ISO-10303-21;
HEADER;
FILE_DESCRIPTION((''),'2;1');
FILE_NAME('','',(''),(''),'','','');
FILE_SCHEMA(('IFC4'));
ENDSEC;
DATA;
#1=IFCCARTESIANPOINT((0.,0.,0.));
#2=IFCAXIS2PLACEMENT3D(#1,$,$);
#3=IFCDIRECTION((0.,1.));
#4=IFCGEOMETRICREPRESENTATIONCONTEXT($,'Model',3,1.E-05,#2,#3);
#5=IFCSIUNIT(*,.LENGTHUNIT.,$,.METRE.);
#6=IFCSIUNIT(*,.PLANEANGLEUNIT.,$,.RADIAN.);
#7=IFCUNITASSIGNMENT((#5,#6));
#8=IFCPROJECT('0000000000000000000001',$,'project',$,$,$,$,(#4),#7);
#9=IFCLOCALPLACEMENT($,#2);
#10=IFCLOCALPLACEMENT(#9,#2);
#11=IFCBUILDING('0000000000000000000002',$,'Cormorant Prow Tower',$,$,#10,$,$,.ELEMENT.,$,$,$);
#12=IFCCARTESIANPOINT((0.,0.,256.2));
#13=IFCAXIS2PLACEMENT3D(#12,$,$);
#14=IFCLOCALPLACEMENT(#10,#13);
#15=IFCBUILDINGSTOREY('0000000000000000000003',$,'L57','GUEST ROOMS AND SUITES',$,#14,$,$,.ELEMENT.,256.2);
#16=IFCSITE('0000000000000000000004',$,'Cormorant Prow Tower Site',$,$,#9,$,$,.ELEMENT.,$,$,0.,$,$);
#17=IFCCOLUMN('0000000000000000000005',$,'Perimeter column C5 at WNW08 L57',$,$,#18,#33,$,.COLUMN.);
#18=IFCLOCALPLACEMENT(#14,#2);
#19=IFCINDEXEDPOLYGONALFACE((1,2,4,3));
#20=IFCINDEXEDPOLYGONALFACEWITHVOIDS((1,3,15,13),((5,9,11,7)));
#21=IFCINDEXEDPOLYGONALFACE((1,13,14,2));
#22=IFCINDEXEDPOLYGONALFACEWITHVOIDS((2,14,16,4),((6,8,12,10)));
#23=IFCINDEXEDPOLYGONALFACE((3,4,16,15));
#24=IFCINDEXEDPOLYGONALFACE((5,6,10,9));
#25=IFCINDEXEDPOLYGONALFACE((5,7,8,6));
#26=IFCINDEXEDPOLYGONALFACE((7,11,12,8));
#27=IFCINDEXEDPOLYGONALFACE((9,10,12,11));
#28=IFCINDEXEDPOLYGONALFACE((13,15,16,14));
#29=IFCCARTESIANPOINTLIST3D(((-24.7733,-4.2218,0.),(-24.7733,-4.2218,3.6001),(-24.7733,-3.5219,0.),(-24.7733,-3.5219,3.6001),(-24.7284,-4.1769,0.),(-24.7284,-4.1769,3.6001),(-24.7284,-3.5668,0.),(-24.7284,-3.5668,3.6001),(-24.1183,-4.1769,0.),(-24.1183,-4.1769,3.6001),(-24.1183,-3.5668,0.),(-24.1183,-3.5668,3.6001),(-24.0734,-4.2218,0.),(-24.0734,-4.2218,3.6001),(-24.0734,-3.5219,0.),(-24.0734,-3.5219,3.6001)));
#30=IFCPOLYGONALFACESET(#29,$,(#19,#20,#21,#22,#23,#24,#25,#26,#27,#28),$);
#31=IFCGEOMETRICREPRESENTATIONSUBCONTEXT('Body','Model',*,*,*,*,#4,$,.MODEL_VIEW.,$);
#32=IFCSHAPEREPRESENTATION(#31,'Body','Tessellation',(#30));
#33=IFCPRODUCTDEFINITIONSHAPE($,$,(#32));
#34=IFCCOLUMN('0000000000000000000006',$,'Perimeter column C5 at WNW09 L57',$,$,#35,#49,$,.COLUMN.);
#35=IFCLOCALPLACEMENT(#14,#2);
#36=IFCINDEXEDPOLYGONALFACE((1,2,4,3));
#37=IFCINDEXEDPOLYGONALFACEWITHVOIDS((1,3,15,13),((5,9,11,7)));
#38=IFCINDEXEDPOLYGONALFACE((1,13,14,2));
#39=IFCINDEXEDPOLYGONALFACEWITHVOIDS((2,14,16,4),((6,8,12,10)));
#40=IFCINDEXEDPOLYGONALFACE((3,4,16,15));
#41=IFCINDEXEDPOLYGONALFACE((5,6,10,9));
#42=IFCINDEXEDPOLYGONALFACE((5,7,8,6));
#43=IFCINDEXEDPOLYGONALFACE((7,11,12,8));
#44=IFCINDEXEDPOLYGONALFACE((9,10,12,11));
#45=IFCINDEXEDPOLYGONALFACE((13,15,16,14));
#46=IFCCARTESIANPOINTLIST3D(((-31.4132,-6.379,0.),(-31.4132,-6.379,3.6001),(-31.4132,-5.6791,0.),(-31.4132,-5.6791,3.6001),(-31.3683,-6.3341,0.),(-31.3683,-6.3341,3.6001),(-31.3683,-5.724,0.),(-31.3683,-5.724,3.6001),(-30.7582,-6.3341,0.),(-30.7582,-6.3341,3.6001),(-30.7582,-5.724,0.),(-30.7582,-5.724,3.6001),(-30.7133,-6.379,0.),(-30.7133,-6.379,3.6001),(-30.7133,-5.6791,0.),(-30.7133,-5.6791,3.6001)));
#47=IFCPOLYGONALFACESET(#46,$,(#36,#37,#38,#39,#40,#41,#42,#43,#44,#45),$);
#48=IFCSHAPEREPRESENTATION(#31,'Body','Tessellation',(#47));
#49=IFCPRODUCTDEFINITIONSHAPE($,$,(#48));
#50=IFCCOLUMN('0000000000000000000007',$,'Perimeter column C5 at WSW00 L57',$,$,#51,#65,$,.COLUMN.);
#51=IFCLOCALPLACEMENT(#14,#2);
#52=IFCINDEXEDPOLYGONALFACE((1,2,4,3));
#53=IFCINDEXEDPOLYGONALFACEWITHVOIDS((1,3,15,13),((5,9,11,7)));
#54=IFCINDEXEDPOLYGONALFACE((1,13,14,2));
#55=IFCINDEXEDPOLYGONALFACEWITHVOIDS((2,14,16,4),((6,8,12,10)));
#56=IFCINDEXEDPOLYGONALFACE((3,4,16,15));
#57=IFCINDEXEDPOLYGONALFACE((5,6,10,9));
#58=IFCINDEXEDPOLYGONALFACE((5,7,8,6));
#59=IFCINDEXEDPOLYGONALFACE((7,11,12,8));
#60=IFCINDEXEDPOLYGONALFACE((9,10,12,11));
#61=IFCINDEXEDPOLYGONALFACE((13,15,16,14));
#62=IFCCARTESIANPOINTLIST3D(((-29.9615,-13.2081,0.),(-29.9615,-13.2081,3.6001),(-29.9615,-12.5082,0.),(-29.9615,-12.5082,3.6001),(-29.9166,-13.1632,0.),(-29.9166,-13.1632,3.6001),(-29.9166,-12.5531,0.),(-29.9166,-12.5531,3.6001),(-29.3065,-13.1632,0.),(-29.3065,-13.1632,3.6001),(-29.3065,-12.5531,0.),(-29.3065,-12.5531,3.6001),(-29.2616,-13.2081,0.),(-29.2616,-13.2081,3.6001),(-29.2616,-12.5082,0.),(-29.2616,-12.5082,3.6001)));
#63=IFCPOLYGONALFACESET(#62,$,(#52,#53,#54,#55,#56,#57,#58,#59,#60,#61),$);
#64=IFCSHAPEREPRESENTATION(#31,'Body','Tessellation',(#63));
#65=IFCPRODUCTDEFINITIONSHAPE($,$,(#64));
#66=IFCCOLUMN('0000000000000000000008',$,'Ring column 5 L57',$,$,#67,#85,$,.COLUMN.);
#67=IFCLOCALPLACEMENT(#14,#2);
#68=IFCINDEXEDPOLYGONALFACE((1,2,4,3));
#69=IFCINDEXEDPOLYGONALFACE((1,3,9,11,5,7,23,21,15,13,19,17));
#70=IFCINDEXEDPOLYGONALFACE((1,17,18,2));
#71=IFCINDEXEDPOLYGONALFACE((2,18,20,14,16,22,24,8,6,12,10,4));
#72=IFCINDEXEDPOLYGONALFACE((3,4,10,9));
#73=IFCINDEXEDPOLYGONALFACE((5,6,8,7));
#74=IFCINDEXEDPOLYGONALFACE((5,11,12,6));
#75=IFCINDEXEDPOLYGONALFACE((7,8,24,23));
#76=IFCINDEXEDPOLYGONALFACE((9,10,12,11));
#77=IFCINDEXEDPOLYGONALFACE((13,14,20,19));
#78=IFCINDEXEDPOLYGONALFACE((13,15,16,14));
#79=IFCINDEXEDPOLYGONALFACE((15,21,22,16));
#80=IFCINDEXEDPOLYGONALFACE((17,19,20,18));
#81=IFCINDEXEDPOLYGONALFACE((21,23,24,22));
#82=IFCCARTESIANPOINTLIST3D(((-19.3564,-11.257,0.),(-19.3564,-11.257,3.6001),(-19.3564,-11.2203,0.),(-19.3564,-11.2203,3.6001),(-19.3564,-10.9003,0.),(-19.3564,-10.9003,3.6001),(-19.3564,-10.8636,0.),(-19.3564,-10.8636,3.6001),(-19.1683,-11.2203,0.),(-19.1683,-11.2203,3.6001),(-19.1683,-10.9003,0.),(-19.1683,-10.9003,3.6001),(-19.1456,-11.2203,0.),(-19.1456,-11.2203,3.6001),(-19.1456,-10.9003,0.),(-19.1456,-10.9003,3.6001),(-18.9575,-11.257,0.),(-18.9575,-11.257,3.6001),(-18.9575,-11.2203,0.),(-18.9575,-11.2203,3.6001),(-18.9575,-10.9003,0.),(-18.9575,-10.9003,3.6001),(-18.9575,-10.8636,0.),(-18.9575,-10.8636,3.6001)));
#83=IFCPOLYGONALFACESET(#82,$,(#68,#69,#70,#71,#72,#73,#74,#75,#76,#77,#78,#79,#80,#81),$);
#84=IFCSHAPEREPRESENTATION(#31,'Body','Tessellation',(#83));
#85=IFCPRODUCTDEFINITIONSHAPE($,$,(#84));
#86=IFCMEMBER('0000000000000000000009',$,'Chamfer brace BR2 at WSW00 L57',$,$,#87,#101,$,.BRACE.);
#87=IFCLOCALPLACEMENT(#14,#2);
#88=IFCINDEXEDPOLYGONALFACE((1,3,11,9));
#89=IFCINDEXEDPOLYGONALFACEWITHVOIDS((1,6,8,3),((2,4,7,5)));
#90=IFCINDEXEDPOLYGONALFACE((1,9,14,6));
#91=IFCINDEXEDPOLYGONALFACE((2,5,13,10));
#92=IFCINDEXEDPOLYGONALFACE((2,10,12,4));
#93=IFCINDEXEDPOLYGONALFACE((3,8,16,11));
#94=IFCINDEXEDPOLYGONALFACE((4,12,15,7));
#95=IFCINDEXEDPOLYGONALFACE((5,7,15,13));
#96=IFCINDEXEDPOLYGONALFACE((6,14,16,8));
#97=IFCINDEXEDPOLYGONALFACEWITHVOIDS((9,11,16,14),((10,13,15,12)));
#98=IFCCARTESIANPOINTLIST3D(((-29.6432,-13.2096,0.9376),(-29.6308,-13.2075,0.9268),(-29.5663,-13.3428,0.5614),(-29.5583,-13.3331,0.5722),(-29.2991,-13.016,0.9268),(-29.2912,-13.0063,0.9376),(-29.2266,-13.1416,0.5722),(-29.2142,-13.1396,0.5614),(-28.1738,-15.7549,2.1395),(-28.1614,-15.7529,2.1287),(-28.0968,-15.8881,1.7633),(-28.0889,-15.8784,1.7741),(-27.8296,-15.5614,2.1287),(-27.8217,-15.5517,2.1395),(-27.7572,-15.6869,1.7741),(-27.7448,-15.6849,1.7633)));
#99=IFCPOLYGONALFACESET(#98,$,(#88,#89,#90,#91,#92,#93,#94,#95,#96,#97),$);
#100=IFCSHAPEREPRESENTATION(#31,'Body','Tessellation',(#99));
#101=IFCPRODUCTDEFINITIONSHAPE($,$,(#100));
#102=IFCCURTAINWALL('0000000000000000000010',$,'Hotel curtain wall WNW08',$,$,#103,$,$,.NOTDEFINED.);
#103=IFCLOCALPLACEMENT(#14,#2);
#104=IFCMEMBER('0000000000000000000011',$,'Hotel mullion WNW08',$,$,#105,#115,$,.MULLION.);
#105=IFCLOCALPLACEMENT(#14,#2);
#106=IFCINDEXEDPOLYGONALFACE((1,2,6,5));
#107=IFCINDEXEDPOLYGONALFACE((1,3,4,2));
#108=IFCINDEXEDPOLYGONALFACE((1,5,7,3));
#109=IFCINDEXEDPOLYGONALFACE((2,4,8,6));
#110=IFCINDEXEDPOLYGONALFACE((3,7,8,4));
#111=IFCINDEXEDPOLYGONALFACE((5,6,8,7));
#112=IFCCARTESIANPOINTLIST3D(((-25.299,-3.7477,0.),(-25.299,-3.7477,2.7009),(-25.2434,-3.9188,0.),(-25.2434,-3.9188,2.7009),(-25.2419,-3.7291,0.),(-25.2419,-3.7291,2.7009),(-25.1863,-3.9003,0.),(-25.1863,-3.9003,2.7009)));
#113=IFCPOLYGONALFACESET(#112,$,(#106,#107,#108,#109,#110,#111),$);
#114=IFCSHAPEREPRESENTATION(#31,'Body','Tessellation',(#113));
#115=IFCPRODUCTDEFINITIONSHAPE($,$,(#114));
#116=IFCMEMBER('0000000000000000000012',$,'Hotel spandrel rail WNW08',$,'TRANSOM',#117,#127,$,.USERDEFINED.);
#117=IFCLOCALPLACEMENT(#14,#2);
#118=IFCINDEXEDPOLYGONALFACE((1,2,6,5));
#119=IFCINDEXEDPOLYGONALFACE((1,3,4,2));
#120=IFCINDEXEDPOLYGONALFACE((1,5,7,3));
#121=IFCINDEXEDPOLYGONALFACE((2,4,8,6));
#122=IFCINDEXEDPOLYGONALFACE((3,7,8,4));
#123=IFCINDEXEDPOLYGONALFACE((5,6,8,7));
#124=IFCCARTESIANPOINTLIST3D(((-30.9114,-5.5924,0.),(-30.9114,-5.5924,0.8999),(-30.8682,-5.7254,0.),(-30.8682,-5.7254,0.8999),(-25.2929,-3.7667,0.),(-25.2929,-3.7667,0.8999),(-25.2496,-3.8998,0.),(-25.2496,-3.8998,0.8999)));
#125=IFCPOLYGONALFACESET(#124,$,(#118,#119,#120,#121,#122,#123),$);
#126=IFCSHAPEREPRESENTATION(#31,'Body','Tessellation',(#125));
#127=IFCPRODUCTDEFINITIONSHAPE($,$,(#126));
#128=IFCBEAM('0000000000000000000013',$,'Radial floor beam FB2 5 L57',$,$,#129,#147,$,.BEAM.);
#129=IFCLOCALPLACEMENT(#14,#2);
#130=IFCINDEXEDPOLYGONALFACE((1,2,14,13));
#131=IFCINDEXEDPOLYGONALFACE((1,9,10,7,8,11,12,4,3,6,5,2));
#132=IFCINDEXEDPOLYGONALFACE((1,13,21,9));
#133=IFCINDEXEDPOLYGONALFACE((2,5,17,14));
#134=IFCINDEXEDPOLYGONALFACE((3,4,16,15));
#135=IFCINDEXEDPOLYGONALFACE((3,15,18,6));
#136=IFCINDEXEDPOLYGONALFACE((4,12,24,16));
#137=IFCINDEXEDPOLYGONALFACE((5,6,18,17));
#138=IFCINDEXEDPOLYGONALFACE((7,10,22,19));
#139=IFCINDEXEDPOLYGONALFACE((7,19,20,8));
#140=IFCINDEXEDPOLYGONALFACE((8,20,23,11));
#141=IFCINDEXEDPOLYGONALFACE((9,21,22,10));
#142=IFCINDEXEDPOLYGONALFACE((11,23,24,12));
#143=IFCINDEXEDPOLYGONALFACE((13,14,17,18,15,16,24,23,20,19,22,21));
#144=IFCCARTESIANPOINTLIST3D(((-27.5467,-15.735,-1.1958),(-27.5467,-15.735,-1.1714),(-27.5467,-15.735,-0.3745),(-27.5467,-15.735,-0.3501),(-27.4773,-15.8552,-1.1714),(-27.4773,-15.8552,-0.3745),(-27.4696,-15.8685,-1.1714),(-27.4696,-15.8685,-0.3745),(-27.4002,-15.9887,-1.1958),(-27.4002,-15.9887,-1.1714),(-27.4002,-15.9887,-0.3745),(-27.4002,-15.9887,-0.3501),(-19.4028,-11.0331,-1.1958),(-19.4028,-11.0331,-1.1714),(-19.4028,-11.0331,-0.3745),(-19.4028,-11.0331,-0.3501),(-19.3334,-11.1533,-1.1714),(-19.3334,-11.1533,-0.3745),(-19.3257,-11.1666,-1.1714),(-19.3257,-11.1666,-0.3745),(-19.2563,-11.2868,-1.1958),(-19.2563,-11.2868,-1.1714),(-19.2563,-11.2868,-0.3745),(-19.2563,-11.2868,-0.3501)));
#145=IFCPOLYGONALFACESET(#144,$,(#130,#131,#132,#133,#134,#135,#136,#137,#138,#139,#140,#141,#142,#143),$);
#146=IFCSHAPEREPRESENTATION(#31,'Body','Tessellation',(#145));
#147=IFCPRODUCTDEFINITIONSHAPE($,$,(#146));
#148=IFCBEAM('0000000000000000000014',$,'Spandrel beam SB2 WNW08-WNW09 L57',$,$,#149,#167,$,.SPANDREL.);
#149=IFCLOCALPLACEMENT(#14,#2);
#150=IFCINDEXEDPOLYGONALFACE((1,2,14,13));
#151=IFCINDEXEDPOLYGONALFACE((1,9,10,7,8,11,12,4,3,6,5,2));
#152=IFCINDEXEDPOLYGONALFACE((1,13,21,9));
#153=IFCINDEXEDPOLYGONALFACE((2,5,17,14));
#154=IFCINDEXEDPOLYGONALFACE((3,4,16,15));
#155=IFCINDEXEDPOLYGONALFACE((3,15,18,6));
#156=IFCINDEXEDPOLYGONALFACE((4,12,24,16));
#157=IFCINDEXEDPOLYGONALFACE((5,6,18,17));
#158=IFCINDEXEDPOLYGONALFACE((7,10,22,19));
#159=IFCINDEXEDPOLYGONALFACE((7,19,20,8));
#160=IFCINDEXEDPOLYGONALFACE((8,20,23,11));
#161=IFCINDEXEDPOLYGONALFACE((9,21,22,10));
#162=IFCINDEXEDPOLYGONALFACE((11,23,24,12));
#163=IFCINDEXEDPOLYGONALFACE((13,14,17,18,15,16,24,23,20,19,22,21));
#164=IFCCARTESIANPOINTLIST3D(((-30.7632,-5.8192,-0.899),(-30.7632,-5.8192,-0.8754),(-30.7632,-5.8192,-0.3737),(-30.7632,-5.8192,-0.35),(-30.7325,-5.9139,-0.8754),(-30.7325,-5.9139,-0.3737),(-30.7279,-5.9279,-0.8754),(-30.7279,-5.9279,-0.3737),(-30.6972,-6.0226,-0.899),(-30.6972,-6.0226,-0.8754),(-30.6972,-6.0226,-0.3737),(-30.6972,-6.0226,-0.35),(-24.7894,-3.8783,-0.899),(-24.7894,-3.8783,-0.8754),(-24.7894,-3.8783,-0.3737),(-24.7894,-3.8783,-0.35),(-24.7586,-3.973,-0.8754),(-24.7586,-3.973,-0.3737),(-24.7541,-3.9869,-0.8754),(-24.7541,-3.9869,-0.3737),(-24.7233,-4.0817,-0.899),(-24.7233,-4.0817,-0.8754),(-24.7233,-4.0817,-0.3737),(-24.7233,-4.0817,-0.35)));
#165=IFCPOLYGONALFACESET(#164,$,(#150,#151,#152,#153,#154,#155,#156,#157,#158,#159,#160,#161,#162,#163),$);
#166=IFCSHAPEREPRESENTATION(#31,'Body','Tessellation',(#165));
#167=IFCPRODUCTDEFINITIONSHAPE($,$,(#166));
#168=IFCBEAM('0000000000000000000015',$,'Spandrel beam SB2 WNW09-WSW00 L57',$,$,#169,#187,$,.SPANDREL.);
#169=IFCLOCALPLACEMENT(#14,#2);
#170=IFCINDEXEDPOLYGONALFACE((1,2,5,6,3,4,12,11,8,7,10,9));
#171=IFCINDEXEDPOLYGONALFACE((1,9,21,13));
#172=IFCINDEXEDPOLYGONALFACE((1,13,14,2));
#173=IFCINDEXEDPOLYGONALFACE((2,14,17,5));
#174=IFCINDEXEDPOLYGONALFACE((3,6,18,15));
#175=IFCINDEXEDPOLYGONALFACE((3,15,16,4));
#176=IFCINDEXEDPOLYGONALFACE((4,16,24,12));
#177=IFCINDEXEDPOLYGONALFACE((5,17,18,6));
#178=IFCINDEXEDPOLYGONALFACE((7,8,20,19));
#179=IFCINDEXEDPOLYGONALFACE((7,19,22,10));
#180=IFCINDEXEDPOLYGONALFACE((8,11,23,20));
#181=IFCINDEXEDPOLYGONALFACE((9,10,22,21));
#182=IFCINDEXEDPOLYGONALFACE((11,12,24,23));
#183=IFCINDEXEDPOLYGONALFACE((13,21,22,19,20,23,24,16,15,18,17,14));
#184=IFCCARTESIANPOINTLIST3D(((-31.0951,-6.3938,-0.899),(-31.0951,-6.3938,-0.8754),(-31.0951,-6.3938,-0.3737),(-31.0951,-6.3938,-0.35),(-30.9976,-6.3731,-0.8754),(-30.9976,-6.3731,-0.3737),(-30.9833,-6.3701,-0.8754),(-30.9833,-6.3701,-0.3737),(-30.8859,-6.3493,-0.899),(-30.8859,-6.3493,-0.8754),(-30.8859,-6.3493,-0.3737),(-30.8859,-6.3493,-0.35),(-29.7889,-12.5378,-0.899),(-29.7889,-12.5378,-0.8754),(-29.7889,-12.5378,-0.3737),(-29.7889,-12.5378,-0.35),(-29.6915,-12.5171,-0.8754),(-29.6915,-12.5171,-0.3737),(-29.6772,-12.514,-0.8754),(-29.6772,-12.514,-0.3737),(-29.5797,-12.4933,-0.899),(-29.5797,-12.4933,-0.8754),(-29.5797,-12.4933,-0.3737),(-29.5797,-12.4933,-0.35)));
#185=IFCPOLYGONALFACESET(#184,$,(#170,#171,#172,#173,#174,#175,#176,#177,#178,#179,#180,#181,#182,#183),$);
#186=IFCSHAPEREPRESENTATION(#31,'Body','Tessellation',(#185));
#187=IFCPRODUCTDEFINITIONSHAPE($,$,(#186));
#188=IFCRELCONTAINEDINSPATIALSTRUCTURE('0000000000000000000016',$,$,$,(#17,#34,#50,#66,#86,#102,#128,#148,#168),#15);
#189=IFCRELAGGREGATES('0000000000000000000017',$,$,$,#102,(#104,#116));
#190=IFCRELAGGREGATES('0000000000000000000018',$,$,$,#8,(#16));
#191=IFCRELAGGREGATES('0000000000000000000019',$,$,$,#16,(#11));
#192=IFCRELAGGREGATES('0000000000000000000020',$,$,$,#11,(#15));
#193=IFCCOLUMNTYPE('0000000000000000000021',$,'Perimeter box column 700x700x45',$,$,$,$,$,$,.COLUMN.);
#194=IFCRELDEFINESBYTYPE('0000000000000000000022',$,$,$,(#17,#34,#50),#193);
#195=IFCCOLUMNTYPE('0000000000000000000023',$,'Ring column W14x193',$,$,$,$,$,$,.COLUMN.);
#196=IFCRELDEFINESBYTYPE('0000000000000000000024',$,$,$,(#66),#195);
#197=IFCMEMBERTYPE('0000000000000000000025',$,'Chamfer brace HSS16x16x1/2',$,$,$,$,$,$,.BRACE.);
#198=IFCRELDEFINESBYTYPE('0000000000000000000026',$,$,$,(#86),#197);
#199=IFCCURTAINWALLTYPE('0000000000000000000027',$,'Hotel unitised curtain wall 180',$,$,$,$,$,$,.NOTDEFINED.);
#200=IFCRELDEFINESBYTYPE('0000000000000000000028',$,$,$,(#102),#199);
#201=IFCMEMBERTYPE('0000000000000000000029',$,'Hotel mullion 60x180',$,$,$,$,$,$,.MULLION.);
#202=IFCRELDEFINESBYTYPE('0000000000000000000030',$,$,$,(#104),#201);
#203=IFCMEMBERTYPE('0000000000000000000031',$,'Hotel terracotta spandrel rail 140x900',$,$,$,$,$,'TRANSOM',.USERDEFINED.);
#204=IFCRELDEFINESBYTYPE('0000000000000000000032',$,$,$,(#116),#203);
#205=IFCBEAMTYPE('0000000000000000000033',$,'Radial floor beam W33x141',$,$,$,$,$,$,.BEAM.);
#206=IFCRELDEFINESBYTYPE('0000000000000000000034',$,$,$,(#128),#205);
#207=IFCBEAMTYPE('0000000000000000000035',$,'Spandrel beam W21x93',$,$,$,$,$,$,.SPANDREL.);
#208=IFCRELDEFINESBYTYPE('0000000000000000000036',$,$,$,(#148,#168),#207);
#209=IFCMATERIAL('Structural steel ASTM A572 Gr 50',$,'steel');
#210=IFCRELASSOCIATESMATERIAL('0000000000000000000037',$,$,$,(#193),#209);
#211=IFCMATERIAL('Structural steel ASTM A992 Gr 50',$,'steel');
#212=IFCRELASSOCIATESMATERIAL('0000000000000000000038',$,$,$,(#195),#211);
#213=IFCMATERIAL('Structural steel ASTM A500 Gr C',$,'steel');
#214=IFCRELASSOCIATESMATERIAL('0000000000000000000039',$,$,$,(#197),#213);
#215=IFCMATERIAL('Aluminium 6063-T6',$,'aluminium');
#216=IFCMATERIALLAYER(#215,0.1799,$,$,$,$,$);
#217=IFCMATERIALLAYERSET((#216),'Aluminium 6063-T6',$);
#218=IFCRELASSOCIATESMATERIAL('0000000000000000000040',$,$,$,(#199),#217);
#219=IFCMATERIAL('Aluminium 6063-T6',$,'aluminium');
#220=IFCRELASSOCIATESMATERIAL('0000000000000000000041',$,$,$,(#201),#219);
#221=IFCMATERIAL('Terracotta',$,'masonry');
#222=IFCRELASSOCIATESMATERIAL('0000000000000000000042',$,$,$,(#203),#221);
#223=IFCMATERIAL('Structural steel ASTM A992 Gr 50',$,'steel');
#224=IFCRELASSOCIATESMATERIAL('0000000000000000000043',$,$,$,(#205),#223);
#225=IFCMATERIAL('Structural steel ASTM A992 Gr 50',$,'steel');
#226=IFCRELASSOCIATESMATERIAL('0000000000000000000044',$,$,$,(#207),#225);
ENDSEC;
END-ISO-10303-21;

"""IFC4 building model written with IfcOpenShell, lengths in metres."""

from ifc_helpers import new_model, si_unit, direction, frame, origin, origin_2d, place, context, subcontext, project, spatial, rectangle, hollow_rectangle, i_section, extrude, material, layer, layer_set, material_profile, profile_set, type_object, element, aggregate, save


model = new_model("IFC4")

# Units and contexts
model_context = context("Model", 3, precision=1e-05, world=origin(), true_north=direction((0.0, 1.0)))
body_context = subcontext(model_context, "Body", "Model", "MODEL_VIEW")
ifc_project = project(units=[si_unit("LENGTHUNIT", "METRE"), si_unit("PLANEANGLEUNIT", "RADIAN")], contexts=[model_context])

# Site, building, storey
site_placement = place(None, origin())
site = spatial("IfcSite", under=ifc_project, at=site_placement, Name="Cormorant Prow Tower Site", CompositionType="ELEMENT", RefElevation=0.0)
building_placement = place(site_placement, origin())
building = spatial("IfcBuilding", under=site, at=building_placement, Name="Cormorant Prow Tower", CompositionType="ELEMENT")
storey_placement = place(building_placement, frame((0.0, 0.0, 256.2)))
storey = spatial("IfcBuildingStorey", under=building, at=storey_placement, Name="L57", Description="GUEST ROOMS AND SUITES", CompositionType="ELEMENT", Elevation=256.2)

# Columns
ifc_material_1 = material(Name="Structural steel ASTM A572 Gr 50", Category="steel")
ifc_material_profile_1 = material_profile(ifc_material_1, hollow_rectangle(XDim=0.7, YDim=0.7, WallThickness=0.0449, at=origin_2d()), Name="Box 700x700x45")
ifc_profile_set_1 = profile_set([ifc_material_profile_1], Name="Structural steel ASTM A572 Gr 50")
column_type_1 = type_object("IfcColumnType", Name="Perimeter box column 700x700x45", PredefinedType="COLUMN", material=ifc_profile_set_1)
for number, where, z_axis, x_axis, name in (
    (1, (-24.4233, -3.8718, 0.0), (0.0, 0.0, 1.0), (1.0, 0.0, 0.0), "Perimeter column C5 at WNW08 L57"),
    (2, (-31.0632, -6.0291, 0.0), (0.0, 0.0, 1.0), (1.0, 0.0, 0.0), "Perimeter column C5 at WNW09 L57"),
    (3, (-29.6116, -12.8582, 0.0), (0.0, 0.0, 1.0), (1.0, 0.0, 0.0), "Perimeter column C5 at WSW00 L57"),
):
    element("IfcColumn", number, at=place(storey_placement, frame(where, z_axis=z_axis, x_axis=x_axis)), inside=storey, type_object=column_type_1, Name=name, PredefinedType="COLUMN", context=body_context, shape_type="SweptSolid", body=[
        extrude(hollow_rectangle(XDim=0.7, YDim=0.7, WallThickness=0.0449, at=origin_2d()), origin(), (0.0, 0.0, 1.0), 3.6001),
    ])
ifc_material_2 = material(Name="Structural steel ASTM A992 Gr 50", Category="steel")
ifc_material_profile_2 = material_profile(ifc_material_2, i_section(OverallWidth=0.3989, OverallDepth=0.3933, WebThickness=0.0227, FlangeThickness=0.0366, at=origin_2d()), Name="W14x193")
ifc_profile_set_2 = profile_set([ifc_material_profile_2], Name="Structural steel ASTM A992 Gr 50")
column_type_2 = type_object("IfcColumnType", Name="Ring column W14x193", PredefinedType="COLUMN", material=ifc_profile_set_2)
column_placement = place(storey_placement, frame((-19.157, -11.0603, 0.0), z_axis=(0.0, 0.0, 1.0), x_axis=(1.0, 0.0, 0.0)))
element("IfcColumn", 4, at=column_placement, inside=storey, type_object=column_type_2, Name="Ring column 5 L57", PredefinedType="COLUMN", context=body_context, shape_type="SweptSolid", body=[
    extrude(i_section(OverallWidth=0.3989, OverallDepth=0.3933, WebThickness=0.0227, FlangeThickness=0.0366, at=origin_2d()), origin(), (0.0, 0.0, 1.0), 3.6001),
])

# Member
ifc_material_3 = material(Name="Structural steel ASTM A500 Gr C", Category="steel")
ifc_material_profile_3 = material_profile(ifc_material_3, hollow_rectangle(XDim=0.4065, YDim=0.4065, WallThickness=0.0117, at=origin_2d()), Name="HSS16x16x1/2")
ifc_profile_set_3 = profile_set([ifc_material_profile_3], Name="Structural steel ASTM A500 Gr C")
member_type_1 = type_object("IfcMemberType", Name="Chamfer brace HSS16x16x1/2", PredefinedType="BRACE", material=ifc_profile_set_3)
member_1_placement = place(storey_placement, frame((-29.4287, -13.1746, 0.7495), z_axis=(0.462773, -0.801607, 0.378507), x_axis=(0.866042, 0.499972, 0.0)))
element("IfcMember", 5, at=member_1_placement, inside=storey, type_object=member_type_1, Name="Chamfer brace BR2 at WSW00 L57", PredefinedType="BRACE", context=body_context, shape_type="SweptSolid", body=[
    extrude(hollow_rectangle(XDim=0.4065, YDim=0.4065, WallThickness=0.0117, at=origin_2d()), origin(), (0.0, 0.0, 1.0), 3.1753),
])

# Curtain wall, members
ifc_material_4 = material(Name="Aluminium 6063-T6", Category="aluminium")
ifc_layer_1 = layer(ifc_material_4, 0.1799)
ifc_layer_set_1 = layer_set([ifc_layer_1], Name="Aluminium 6063-T6")
curtain_wall_type = type_object("IfcCurtainWallType", Name="Hotel unitised curtain wall 180", PredefinedType="NOTDEFINED", material=ifc_layer_set_1)
curtain_wall_placement = place(storey_placement, origin())
curtain_wall = element("IfcCurtainWall", 6, at=curtain_wall_placement, inside=storey, type_object=curtain_wall_type, Name="Hotel curtain wall WNW08", PredefinedType="NOTDEFINED")
ifc_material_5 = material(Name="Aluminium 6063-T6", Category="aluminium")
ifc_material_profile_4 = material_profile(ifc_material_5, rectangle(XDim=0.1799, YDim=0.0601, at=origin_2d()), Name="Hotel mullion 60x180")
ifc_profile_set_4 = profile_set([ifc_material_profile_4], Name="Aluminium 6063-T6")
member_type_2 = type_object("IfcMemberType", Name="Hotel mullion 60x180", PredefinedType="MULLION", material=ifc_profile_set_4)
member_2_placement = place(storey_placement, frame((-25.2427, -3.824, 0.0), z_axis=(0.0, 0.0, 1.0), x_axis=(0.309017, -0.951057, 0.0)))
member_2 = element("IfcMember", 7, at=member_2_placement, type_object=member_type_2, Name="Hotel mullion WNW08", PredefinedType="MULLION", context=body_context, shape_type="SweptSolid", body=[
    extrude(rectangle(XDim=0.1799, YDim=0.0601, at=origin_2d()), origin(), (0.0, 0.0, 1.0), 2.7009),
])
ifc_material_6 = material(Name="Terracotta", Category="masonry")
ifc_material_profile_5 = material_profile(ifc_material_6, rectangle(XDim=0.1399, YDim=0.8999, at=origin_2d()), Name="Hotel terracotta spandrel rail 140x900")
ifc_profile_set_5 = profile_set([ifc_material_profile_5], Name="Terracotta")
member_type_3 = type_object("IfcMemberType", Name="Hotel terracotta spandrel rail 140x900", ElementType="TRANSOM", PredefinedType="USERDEFINED", material=ifc_profile_set_5)
member_3_placement = place(storey_placement, frame((-25.2712, -3.8333, 0.45), z_axis=(-0.951053, -0.309028, 0.0), x_axis=(0.309028, -0.951053, 0.0)))
member_3 = element("IfcMember", 8, at=member_3_placement, type_object=member_type_3, Name="Hotel spandrel rail WNW08", ObjectType="TRANSOM", PredefinedType="USERDEFINED", context=body_context, shape_type="SweptSolid", body=[
    extrude(rectangle(XDim=0.1399, YDim=0.8999, at=origin_2d()), origin(), (0.0, 0.0, 1.0), 5.9077),
])

# Beams
ifc_material_7 = material(Name="Structural steel ASTM A992 Gr 50", Category="steel")
ifc_material_profile_6 = material_profile(ifc_material_7, i_section(OverallWidth=0.293, OverallDepth=0.8457, WebThickness=0.0154, FlangeThickness=0.0244, at=origin_2d()), Name="W33x141")
ifc_profile_set_6 = profile_set([ifc_material_profile_6], Name="Structural steel ASTM A992 Gr 50")
beam_type_1 = type_object("IfcBeamType", Name="Radial floor beam W33x141", PredefinedType="BEAM", material=ifc_profile_set_6)
beam_1_placement = place(storey_placement, frame((-19.3296, -11.1599, -0.7729), z_axis=(-0.866022, -0.500006, 0.0), x_axis=(0.500006, -0.866022, 0.0)))
element("IfcBeam", 9, at=beam_1_placement, inside=storey, type_object=beam_type_1, Name="Radial floor beam FB2 5 L57", PredefinedType="BEAM", context=body_context, shape_type="SweptSolid", body=[
    extrude(i_section(OverallWidth=0.293, OverallDepth=0.8457, WebThickness=0.0154, FlangeThickness=0.0244, at=origin_2d()), origin(), (0.0, 0.0, 1.0), 9.4038),
])
ifc_material_8 = material(Name="Structural steel ASTM A992 Gr 50", Category="steel")
ifc_material_profile_7 = material_profile(ifc_material_8, i_section(OverallWidth=0.2139, OverallDepth=0.5491, WebThickness=0.0146, FlangeThickness=0.0237, at=origin_2d()), Name="W21x93")
ifc_profile_set_7 = profile_set([ifc_material_profile_7], Name="Structural steel ASTM A992 Gr 50")
beam_type_2 = type_object("IfcBeamType", Name="Spandrel beam W21x93", PredefinedType="SPANDREL", material=ifc_profile_set_7)
for number, where, z_axis, x_axis, name in (
    (10, (-24.7563, -3.98, -0.6245), (-0.951062, -0.309001, 0.0), (0.309001, -0.951062, 0.0), "Spandrel beam SB2 WNW08-WNW09 L57"),
    (11, (-30.9905, -6.3716, -0.6245), (0.207941, -0.978141, 0.0), (0.978141, 0.207941, 0.0), "Spandrel beam SB2 WNW09-WSW00 L57"),
):
    element("IfcBeam", number, at=place(storey_placement, frame(where, z_axis=z_axis, x_axis=x_axis)), inside=storey, type_object=beam_type_2, Name=name, PredefinedType="SPANDREL", context=body_context, shape_type="SweptSolid", body=[
        extrude(i_section(OverallWidth=0.2139, OverallDepth=0.5491, WebThickness=0.0146, FlangeThickness=0.0237, at=origin_2d()), origin(), (0.0, 0.0, 1.0), 6.2812),
    ])

aggregate(curtain_wall, [member_2, member_3])

save(model, "model.ifc")
